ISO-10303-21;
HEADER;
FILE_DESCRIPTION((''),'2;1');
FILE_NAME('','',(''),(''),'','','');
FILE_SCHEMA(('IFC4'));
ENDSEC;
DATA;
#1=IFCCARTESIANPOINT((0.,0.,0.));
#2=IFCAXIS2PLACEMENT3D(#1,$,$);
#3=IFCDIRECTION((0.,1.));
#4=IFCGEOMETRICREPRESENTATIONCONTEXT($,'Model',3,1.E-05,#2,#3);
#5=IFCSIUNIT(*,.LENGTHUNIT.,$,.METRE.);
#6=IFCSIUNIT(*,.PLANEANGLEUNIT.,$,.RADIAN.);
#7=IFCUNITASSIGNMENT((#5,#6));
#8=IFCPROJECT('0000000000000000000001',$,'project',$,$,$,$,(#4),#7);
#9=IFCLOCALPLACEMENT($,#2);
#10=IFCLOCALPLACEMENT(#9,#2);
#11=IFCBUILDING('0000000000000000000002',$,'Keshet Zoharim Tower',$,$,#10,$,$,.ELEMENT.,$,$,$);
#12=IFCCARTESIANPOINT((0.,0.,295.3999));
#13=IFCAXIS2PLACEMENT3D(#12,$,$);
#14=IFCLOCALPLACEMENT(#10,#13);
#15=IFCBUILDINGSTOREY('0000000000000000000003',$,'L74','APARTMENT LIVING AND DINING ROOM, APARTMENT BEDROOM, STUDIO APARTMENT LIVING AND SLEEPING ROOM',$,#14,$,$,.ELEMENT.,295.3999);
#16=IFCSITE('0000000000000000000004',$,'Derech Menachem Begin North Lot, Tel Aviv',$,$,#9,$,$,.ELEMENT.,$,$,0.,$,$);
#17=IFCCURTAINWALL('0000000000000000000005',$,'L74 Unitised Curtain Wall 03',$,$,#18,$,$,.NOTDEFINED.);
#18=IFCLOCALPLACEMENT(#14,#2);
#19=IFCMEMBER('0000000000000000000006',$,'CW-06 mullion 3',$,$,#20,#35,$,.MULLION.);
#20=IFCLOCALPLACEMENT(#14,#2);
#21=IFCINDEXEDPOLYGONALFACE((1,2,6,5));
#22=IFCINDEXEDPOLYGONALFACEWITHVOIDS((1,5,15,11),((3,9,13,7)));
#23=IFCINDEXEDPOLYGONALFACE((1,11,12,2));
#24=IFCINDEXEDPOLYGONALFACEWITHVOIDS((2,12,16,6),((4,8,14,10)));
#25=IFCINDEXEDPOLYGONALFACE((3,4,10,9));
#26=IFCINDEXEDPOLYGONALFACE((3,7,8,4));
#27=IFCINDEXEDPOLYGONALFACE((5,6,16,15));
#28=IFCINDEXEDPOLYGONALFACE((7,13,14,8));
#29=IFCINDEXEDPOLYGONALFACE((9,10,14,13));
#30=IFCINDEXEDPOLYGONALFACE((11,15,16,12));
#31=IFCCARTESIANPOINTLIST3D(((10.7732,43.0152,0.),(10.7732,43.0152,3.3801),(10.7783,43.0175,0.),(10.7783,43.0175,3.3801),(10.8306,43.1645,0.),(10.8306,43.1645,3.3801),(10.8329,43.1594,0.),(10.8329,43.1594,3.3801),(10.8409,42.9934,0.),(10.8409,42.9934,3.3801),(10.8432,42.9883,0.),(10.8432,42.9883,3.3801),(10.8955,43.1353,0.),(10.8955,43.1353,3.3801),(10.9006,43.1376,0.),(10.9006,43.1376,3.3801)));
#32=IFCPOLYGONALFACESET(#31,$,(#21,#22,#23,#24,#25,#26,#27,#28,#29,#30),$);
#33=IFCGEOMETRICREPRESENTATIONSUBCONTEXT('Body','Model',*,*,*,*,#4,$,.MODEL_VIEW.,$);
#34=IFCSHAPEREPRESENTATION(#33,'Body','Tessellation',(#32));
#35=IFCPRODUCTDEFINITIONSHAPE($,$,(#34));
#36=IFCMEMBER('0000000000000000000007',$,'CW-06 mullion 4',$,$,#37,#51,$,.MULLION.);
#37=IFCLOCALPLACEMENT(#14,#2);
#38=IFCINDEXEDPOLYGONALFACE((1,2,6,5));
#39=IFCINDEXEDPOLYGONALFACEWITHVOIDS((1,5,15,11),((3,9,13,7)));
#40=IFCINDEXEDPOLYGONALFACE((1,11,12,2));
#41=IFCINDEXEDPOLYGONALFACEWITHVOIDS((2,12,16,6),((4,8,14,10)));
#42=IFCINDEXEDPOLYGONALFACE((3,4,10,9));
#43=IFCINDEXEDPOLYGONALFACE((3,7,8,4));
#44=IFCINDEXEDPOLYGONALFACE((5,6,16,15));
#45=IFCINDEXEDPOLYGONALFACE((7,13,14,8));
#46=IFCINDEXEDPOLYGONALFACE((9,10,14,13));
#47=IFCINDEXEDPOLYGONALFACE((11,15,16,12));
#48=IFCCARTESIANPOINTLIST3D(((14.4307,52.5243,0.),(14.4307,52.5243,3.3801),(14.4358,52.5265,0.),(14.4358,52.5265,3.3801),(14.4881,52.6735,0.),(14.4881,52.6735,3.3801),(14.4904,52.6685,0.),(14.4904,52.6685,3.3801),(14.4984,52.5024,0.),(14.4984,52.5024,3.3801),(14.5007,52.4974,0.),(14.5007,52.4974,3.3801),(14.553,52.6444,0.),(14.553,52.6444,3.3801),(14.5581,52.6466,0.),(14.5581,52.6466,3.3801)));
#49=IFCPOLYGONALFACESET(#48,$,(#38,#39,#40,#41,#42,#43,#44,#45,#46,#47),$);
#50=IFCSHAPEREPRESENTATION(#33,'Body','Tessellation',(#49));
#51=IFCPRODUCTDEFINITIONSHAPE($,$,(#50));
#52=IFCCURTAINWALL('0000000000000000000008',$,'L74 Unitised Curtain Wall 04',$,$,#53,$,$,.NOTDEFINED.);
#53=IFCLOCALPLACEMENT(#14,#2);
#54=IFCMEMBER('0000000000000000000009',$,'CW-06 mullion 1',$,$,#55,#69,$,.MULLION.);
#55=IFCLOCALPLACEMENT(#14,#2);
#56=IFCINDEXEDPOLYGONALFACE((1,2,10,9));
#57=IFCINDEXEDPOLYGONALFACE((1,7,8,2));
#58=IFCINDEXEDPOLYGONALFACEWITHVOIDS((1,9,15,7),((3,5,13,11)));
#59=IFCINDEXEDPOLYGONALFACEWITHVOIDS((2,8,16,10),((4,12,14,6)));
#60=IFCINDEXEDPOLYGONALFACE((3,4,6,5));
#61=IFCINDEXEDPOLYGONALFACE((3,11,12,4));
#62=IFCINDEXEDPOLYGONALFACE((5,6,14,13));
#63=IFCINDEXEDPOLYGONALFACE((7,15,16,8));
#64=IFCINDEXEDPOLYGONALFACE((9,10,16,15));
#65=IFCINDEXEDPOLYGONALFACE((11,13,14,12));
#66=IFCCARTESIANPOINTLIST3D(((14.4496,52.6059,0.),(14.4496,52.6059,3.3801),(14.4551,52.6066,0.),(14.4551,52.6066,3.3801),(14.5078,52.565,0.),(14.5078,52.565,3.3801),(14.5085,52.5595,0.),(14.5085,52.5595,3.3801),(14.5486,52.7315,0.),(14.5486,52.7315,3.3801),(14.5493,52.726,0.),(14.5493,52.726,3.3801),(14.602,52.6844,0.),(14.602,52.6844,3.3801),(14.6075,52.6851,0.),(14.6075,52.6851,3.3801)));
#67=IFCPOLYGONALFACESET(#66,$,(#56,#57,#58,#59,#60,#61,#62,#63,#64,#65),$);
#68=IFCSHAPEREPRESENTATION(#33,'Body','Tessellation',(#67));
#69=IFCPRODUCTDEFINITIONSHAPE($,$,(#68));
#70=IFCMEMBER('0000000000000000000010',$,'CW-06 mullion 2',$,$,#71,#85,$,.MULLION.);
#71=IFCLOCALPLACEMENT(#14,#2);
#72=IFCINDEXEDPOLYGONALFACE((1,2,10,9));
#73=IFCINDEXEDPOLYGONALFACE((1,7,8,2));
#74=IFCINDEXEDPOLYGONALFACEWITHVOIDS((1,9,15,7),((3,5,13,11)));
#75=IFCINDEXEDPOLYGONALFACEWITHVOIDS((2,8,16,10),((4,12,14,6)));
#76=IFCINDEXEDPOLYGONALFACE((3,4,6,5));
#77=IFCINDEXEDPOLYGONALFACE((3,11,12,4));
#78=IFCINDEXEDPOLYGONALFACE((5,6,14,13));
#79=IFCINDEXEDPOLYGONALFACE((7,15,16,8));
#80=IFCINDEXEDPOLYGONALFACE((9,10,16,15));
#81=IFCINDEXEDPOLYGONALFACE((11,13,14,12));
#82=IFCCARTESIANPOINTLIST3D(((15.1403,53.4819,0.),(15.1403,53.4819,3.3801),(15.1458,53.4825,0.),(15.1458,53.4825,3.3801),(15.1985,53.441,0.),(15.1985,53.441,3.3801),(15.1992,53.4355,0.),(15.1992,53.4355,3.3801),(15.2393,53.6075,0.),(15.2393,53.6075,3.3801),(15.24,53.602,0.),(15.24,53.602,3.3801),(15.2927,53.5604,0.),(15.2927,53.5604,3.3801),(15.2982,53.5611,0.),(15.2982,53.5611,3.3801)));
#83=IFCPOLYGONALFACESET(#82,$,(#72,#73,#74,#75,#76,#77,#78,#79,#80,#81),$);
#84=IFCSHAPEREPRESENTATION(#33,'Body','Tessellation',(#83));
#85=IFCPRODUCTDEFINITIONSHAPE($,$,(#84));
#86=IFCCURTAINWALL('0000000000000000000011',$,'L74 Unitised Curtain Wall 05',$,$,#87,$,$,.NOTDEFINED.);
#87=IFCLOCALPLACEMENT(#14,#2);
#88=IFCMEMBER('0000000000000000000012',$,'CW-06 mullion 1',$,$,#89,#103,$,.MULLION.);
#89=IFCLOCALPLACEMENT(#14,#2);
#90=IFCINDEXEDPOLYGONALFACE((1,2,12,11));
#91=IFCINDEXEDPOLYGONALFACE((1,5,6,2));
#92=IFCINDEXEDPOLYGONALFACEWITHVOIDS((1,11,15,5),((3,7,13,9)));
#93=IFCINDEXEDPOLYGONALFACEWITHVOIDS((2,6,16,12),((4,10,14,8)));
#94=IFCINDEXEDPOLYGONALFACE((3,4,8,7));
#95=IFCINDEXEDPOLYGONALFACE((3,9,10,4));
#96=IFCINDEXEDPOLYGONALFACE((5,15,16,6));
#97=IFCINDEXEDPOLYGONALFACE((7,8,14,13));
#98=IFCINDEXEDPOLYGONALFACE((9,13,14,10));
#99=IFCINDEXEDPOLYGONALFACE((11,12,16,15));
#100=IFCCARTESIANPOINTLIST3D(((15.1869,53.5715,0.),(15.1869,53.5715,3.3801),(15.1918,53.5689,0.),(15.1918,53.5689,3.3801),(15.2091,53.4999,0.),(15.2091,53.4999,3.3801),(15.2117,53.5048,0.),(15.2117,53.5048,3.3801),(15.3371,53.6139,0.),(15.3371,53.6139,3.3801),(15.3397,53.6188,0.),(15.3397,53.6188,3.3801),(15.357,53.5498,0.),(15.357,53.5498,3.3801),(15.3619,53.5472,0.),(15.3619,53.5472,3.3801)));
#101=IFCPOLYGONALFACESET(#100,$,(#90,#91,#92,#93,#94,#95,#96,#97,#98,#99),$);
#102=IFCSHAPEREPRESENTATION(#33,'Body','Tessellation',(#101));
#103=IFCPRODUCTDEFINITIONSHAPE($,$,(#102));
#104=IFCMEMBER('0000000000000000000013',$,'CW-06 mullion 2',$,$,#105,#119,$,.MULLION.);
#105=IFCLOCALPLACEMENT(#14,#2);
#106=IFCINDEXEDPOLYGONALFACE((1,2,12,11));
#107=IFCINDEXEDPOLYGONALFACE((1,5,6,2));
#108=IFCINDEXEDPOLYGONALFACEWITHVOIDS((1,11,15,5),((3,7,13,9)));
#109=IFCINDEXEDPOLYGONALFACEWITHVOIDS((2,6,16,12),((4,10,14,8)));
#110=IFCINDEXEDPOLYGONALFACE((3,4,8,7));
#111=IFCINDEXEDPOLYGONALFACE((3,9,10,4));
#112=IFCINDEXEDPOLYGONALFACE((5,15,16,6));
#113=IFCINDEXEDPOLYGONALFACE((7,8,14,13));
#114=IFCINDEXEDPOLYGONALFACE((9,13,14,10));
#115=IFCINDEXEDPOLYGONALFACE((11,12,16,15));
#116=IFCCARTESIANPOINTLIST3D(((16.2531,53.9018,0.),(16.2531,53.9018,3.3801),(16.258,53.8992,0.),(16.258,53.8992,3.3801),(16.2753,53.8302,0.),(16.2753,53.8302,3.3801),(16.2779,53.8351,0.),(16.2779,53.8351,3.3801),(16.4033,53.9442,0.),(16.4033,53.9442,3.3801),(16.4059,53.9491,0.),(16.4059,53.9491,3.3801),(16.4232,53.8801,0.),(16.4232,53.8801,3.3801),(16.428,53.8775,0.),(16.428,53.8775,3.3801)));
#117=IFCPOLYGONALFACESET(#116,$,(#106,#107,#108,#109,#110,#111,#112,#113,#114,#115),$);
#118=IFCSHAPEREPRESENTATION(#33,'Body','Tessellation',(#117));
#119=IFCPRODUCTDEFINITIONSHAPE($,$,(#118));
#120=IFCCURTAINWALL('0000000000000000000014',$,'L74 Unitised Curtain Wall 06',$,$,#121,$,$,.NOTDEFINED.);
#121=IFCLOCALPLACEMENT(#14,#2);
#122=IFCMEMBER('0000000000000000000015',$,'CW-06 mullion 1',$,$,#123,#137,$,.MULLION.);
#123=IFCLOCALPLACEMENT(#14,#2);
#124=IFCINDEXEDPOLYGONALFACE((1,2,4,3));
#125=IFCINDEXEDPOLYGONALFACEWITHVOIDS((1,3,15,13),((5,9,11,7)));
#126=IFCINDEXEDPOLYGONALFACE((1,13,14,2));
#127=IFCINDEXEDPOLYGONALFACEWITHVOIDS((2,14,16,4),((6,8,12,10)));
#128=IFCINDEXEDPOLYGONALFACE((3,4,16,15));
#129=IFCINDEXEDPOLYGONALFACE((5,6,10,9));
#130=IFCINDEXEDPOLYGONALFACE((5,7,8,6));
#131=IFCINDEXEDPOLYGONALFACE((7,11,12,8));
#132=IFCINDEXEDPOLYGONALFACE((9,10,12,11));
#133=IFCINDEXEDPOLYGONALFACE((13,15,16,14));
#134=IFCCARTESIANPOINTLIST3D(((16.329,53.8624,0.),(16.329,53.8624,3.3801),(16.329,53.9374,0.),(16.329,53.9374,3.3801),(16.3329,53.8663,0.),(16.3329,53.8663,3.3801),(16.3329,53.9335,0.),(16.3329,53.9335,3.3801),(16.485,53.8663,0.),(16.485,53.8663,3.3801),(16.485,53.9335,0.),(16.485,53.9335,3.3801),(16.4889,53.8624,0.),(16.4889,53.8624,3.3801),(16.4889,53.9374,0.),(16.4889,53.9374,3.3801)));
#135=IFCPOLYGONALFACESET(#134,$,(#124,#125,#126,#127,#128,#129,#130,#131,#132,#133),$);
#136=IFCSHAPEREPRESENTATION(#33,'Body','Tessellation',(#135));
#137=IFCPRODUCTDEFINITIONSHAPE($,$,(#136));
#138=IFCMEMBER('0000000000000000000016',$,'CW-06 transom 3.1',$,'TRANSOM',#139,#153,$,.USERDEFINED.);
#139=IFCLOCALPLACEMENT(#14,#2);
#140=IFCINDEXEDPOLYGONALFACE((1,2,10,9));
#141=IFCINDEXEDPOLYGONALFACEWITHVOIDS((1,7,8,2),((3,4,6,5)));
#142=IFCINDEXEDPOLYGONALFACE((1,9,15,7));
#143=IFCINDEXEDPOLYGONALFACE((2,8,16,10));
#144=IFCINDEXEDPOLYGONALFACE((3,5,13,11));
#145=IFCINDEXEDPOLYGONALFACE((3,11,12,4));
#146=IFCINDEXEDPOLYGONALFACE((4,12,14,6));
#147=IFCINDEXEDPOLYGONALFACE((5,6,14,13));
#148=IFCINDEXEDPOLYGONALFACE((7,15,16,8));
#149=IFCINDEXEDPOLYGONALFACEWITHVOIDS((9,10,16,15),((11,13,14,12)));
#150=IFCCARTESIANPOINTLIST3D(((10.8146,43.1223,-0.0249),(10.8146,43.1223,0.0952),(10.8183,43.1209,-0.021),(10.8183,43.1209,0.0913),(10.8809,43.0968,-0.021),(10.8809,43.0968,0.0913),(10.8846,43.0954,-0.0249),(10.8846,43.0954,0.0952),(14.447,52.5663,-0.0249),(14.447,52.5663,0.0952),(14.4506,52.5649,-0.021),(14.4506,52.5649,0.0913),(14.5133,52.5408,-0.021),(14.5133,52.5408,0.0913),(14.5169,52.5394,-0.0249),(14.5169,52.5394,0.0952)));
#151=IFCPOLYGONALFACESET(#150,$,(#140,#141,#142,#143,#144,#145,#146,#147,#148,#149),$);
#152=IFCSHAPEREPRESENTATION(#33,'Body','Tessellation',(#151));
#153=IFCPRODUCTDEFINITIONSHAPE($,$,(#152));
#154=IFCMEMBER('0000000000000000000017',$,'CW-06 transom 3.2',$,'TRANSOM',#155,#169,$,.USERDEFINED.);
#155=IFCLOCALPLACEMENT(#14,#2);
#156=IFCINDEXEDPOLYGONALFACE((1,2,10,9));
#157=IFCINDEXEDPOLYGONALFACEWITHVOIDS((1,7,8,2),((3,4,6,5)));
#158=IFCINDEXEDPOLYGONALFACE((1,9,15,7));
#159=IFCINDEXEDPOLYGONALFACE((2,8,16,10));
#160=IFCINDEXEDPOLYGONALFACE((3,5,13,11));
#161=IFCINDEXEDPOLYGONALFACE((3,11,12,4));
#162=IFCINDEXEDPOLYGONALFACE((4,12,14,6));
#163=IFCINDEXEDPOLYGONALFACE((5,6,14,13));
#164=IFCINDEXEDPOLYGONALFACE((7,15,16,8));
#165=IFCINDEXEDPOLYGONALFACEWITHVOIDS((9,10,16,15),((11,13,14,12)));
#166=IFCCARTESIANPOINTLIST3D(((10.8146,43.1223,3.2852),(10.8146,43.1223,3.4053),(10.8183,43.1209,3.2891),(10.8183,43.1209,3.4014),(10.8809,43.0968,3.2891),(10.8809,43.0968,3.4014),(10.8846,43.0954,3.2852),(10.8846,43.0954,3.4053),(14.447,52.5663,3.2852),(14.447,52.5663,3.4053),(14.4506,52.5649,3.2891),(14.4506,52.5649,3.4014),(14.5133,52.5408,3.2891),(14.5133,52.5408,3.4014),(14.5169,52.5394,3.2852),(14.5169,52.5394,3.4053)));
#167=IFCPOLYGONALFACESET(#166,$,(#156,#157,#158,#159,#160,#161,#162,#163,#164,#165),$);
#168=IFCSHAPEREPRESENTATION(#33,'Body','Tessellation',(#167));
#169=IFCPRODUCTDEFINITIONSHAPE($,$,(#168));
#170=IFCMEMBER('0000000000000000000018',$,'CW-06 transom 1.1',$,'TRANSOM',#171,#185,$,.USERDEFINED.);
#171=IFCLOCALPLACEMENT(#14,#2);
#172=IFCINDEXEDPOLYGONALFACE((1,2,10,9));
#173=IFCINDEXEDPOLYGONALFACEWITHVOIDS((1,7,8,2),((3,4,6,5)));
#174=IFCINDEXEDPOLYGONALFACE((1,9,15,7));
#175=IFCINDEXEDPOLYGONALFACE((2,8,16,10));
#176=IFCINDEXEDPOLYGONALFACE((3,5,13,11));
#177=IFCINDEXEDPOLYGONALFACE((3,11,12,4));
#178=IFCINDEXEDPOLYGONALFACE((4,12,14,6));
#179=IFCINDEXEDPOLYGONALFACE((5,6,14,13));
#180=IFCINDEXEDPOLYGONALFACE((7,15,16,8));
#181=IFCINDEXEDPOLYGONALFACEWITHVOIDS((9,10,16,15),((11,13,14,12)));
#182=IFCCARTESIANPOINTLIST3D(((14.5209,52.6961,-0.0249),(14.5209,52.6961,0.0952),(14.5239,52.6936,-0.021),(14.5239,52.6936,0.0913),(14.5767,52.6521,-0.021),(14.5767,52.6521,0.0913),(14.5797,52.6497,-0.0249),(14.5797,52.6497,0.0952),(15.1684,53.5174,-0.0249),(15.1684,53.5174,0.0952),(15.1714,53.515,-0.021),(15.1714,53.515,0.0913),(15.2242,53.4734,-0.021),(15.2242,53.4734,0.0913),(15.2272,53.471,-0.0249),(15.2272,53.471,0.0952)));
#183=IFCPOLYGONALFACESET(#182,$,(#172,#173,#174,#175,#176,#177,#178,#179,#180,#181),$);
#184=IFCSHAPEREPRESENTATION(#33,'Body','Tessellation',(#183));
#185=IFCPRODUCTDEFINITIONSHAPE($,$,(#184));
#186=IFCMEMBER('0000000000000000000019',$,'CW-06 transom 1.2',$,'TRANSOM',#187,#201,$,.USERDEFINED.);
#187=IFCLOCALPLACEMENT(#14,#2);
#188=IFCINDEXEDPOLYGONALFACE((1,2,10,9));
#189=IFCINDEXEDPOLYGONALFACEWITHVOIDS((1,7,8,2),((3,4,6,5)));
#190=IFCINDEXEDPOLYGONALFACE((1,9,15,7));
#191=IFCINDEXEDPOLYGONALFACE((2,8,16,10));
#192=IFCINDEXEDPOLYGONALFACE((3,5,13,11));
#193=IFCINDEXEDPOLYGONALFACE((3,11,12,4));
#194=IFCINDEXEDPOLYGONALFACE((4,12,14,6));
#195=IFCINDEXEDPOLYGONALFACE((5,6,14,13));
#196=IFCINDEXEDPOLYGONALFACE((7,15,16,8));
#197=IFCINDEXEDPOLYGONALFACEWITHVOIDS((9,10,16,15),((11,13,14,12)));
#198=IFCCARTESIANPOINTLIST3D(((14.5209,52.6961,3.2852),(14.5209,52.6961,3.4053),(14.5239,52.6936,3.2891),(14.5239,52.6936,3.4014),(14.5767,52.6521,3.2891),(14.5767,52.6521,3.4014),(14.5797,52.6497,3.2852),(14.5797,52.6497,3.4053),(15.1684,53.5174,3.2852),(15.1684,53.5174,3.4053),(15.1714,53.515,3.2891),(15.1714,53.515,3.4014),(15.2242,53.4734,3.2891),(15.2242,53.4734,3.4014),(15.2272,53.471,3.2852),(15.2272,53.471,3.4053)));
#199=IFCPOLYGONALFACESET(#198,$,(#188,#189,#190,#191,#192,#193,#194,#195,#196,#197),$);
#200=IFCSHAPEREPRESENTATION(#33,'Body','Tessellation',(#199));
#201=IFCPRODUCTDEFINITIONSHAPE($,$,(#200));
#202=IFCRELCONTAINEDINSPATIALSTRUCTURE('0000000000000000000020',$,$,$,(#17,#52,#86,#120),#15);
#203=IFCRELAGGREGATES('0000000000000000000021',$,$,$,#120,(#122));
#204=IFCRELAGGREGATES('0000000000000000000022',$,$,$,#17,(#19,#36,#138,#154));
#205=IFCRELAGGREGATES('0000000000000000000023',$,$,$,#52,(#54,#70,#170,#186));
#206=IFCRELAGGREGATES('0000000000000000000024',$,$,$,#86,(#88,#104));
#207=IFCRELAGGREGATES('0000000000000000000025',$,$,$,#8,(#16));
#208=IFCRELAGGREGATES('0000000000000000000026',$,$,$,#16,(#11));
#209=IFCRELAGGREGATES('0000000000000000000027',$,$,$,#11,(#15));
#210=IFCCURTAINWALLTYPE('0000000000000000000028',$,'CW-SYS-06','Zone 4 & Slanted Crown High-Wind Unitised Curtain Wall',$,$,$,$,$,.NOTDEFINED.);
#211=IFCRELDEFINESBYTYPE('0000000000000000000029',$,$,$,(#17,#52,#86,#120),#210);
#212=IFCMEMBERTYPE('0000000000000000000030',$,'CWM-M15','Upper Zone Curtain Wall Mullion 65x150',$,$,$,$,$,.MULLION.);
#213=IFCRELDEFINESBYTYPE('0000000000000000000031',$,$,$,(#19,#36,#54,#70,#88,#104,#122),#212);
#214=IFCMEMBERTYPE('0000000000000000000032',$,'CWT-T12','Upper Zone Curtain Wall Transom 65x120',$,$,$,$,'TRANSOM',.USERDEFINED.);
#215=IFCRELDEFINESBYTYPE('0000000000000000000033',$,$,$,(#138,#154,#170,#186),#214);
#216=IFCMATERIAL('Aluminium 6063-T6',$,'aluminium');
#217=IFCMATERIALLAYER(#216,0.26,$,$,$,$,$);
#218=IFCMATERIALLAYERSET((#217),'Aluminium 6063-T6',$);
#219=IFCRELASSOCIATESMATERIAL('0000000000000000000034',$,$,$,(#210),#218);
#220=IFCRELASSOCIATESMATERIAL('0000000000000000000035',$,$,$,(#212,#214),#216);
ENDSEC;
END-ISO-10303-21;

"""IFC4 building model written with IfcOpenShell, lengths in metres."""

from ifc_helpers import new_model, si_unit, direction, frame, origin, origin_2d, place, context, subcontext, project, spatial, hollow_rectangle, extrude, material, layer, layer_set, material_profile, profile_set, type_object, element, aggregate, save


model = new_model("IFC4")

# Units and contexts
model_context = context("Model", 3, precision=1e-05, world=origin(), true_north=direction((0.0, 1.0)))
body_context = subcontext(model_context, "Body", "Model", "MODEL_VIEW")
ifc_project = project(units=[si_unit("LENGTHUNIT", "METRE"), si_unit("PLANEANGLEUNIT", "RADIAN")], contexts=[model_context])

# Site, building, storey
site_placement = place(None, origin())
site = spatial("IfcSite", under=ifc_project, at=site_placement, Name="Derech Menachem Begin North Lot, Tel Aviv", CompositionType="ELEMENT", RefElevation=0.0)
building_placement = place(site_placement, origin())
building = spatial("IfcBuilding", under=site, at=building_placement, Name="Keshet Zoharim Tower", CompositionType="ELEMENT")
storey_placement = place(building_placement, frame((0.0, 0.0, 295.3999)))
storey = spatial("IfcBuildingStorey", under=building, at=storey_placement, Name="L74", Description="APARTMENT LIVING AND DINING ROOM, APARTMENT BEDROOM, STUDIO APARTMENT LIVING AND SLEEPING ROOM", CompositionType="ELEMENT", Elevation=295.3999)

# Curtain walls, members
ifc_material_1 = material(Name="Aluminium 6063-T6", Category="aluminium")
ifc_layer_1 = layer(ifc_material_1, 0.26)
ifc_layer_set_1 = layer_set([ifc_layer_1], Name="Aluminium 6063-T6")
curtain_wall_type = type_object("IfcCurtainWallType", Name="CW-SYS-06", Description="Zone 4 & Slanted Crown High-Wind Unitised Curtain Wall", PredefinedType="NOTDEFINED", material=ifc_layer_set_1)
curtain_wall_1_placement = place(storey_placement, origin())
curtain_wall_1 = element("IfcCurtainWall", 1, at=curtain_wall_1_placement, inside=storey, type_object=curtain_wall_type, Name="L74 Unitised Curtain Wall 03", PredefinedType="NOTDEFINED")
ifc_material_profile_1 = material_profile(ifc_material_1, hollow_rectangle(XDim=0.075, YDim=0.1599, WallThickness=0.0039, at=origin_2d()), Name="MUL-75x160")
ifc_profile_set_1 = profile_set([ifc_material_profile_1], Name="Aluminium 6063-T6")
member_type_1 = type_object("IfcMemberType", Name="CWM-M15", Description="Upper Zone Curtain Wall Mullion 65x150", PredefinedType="MULLION", material=ifc_profile_set_1)
member_1_placement = place(storey_placement, frame((10.8369, 43.0764, 0.0), z_axis=(0.0, 0.0, 1.0), x_axis=(-0.933341, 0.35899, 0.0)))
member_1 = element("IfcMember", 2, at=member_1_placement, type_object=member_type_1, Name="CW-06 mullion 3", PredefinedType="MULLION", context=body_context, shape_type="SweptSolid", body=[
    extrude(hollow_rectangle(XDim=0.075, YDim=0.1599, WallThickness=0.0039, at=origin_2d()), origin(), (0.0, 0.0, 1.0), 3.3801),
])
member_2_placement = place(storey_placement, frame((14.4944, 52.5854, 0.0), z_axis=(0.0, 0.0, 1.0), x_axis=(-0.933341, 0.35899, 0.0)))
member_2 = element("IfcMember", 3, at=member_2_placement, type_object=member_type_1, Name="CW-06 mullion 4", PredefinedType="MULLION", context=body_context, shape_type="SweptSolid", body=[
    extrude(hollow_rectangle(XDim=0.075, YDim=0.1599, WallThickness=0.0039, at=origin_2d()), origin(), (0.0, 0.0, 1.0), 3.3801),
])
curtain_wall_2_placement = place(storey_placement, origin())
curtain_wall_2 = element("IfcCurtainWall", 4, at=curtain_wall_2_placement, inside=storey, type_object=curtain_wall_type, Name="L74 Unitised Curtain Wall 04", PredefinedType="NOTDEFINED")
member_3_placement = place(storey_placement, frame((14.5286, 52.6455, 0.0), z_axis=(0.0, 0.0, 1.0), x_axis=(-0.785293, 0.619125, 0.0)))
member_3 = element("IfcMember", 5, at=member_3_placement, type_object=member_type_1, Name="CW-06 mullion 1", PredefinedType="MULLION", context=body_context, shape_type="SweptSolid", body=[
    extrude(hollow_rectangle(XDim=0.075, YDim=0.1599, WallThickness=0.0039, at=origin_2d()), origin(), (0.0, 0.0, 1.0), 3.3801),
])
member_4_placement = place(storey_placement, frame((15.2192, 53.5215, 0.0), z_axis=(0.0, 0.0, 1.0), x_axis=(-0.785293, 0.619125, 0.0)))
member_4 = element("IfcMember", 6, at=member_4_placement, type_object=member_type_1, Name="CW-06 mullion 2", PredefinedType="MULLION", context=body_context, shape_type="SweptSolid", body=[
    extrude(hollow_rectangle(XDim=0.075, YDim=0.1599, WallThickness=0.0039, at=origin_2d()), origin(), (0.0, 0.0, 1.0), 3.3801),
])
curtain_wall_3_placement = place(storey_placement, origin())
curtain_wall_3 = element("IfcCurtainWall", 7, at=curtain_wall_3_placement, inside=storey, type_object=curtain_wall_type, Name="L74 Unitised Curtain Wall 05", PredefinedType="NOTDEFINED")
member_5_placement = place(storey_placement, frame((15.2744, 53.5593, 0.0), z_axis=(0.0, 0.0, 1.0), x_axis=(-0.295922, 0.955212, 0.0)))
member_5 = element("IfcMember", 8, at=member_5_placement, type_object=member_type_1, Name="CW-06 mullion 1", PredefinedType="MULLION", context=body_context, shape_type="SweptSolid", body=[
    extrude(hollow_rectangle(XDim=0.075, YDim=0.1599, WallThickness=0.0039, at=origin_2d()), origin(), (0.0, 0.0, 1.0), 3.3801),
])
member_6_placement = place(storey_placement, frame((16.3406, 53.8896, 0.0), z_axis=(0.0, 0.0, 1.0), x_axis=(-0.295922, 0.955212, 0.0)))
member_6 = element("IfcMember", 9, at=member_6_placement, type_object=member_type_1, Name="CW-06 mullion 2", PredefinedType="MULLION", context=body_context, shape_type="SweptSolid", body=[
    extrude(hollow_rectangle(XDim=0.075, YDim=0.1599, WallThickness=0.0039, at=origin_2d()), origin(), (0.0, 0.0, 1.0), 3.3801),
])

# Curtain wall, member
curtain_wall_4_placement = place(storey_placement, origin())
curtain_wall_4 = element("IfcCurtainWall", 10, at=curtain_wall_4_placement, inside=storey, type_object=curtain_wall_type, Name="L74 Unitised Curtain Wall 06", PredefinedType="NOTDEFINED")
member_7_placement = place(storey_placement, frame((16.4089, 53.8999, 0.0), z_axis=(0.0, 0.0, 1.0), x_axis=(0.0, 1.0, 0.0)))
member_7 = element("IfcMember", 11, at=member_7_placement, type_object=member_type_1, Name="CW-06 mullion 1", PredefinedType="MULLION", context=body_context, shape_type="SweptSolid", body=[
    extrude(hollow_rectangle(XDim=0.075, YDim=0.1599, WallThickness=0.0039, at=origin_2d()), origin(), (0.0, 0.0, 1.0), 3.3801),
])

# Members
ifc_material_profile_2 = material_profile(ifc_material_1, hollow_rectangle(XDim=0.075, YDim=0.1201, WallThickness=0.0039, at=origin_2d()), Name="TRN-75x120")
ifc_profile_set_2 = profile_set([ifc_material_profile_2], Name="Aluminium 6063-T6")
member_type_2 = type_object("IfcMemberType", Name="CWT-T12", Description="Upper Zone Curtain Wall Transom 65x120", ElementType="TRANSOM", PredefinedType="USERDEFINED", material=ifc_profile_set_2)
member_8_placement = place(storey_placement, frame((10.8496, 43.1089, 0.0352), z_axis=(0.358986, 0.933343, 0.0), x_axis=(-0.933343, 0.358986, 0.0)))
member_8 = element("IfcMember", 12, at=member_8_placement, type_object=member_type_2, Name="CW-06 transom 3.1", ObjectType="TRANSOM", PredefinedType="USERDEFINED", context=body_context, shape_type="SweptSolid", body=[
    extrude(hollow_rectangle(XDim=0.075, YDim=0.1201, WallThickness=0.0039, at=origin_2d()), origin(), (0.0, 0.0, 1.0), 10.1184),
])
member_9_placement = place(storey_placement, frame((10.8496, 43.1089, 3.3452), z_axis=(0.358986, 0.933343, 0.0), x_axis=(-0.933343, 0.358986, 0.0)))
member_9 = element("IfcMember", 13, at=member_9_placement, type_object=member_type_2, Name="CW-06 transom 3.2", ObjectType="TRANSOM", PredefinedType="USERDEFINED", context=body_context, shape_type="SweptSolid", body=[
    extrude(hollow_rectangle(XDim=0.075, YDim=0.1201, WallThickness=0.0039, at=origin_2d()), origin(), (0.0, 0.0, 1.0), 10.1184),
])
member_10_placement = place(storey_placement, frame((14.5503, 52.6729, 0.0352), z_axis=(0.619099, 0.785313, 0.0), x_axis=(-0.785313, 0.619099, 0.0)))
member_10 = element("IfcMember", 14, at=member_10_placement, type_object=member_type_2, Name="CW-06 transom 1.1", ObjectType="TRANSOM", PredefinedType="USERDEFINED", context=body_context, shape_type="SweptSolid", body=[
    extrude(hollow_rectangle(XDim=0.075, YDim=0.1201, WallThickness=0.0039, at=origin_2d()), origin(), (0.0, 0.0, 1.0), 1.0459),
])
member_11_placement = place(storey_placement, frame((14.5503, 52.6729, 3.3452), z_axis=(0.619099, 0.785313, 0.0), x_axis=(-0.785313, 0.619099, 0.0)))
member_11 = element("IfcMember", 15, at=member_11_placement, type_object=member_type_2, Name="CW-06 transom 1.2", ObjectType="TRANSOM", PredefinedType="USERDEFINED", context=body_context, shape_type="SweptSolid", body=[
    extrude(hollow_rectangle(XDim=0.075, YDim=0.1201, WallThickness=0.0039, at=origin_2d()), origin(), (0.0, 0.0, 1.0), 1.0459),
])
aggregate(curtain_wall_4, [member_7])

aggregate(curtain_wall_1, [member_1, member_2, member_8, member_9])
aggregate(curtain_wall_2, [member_3, member_4, member_10, member_11])
aggregate(curtain_wall_3, [member_5, member_6])

save(model, "model.ifc")
